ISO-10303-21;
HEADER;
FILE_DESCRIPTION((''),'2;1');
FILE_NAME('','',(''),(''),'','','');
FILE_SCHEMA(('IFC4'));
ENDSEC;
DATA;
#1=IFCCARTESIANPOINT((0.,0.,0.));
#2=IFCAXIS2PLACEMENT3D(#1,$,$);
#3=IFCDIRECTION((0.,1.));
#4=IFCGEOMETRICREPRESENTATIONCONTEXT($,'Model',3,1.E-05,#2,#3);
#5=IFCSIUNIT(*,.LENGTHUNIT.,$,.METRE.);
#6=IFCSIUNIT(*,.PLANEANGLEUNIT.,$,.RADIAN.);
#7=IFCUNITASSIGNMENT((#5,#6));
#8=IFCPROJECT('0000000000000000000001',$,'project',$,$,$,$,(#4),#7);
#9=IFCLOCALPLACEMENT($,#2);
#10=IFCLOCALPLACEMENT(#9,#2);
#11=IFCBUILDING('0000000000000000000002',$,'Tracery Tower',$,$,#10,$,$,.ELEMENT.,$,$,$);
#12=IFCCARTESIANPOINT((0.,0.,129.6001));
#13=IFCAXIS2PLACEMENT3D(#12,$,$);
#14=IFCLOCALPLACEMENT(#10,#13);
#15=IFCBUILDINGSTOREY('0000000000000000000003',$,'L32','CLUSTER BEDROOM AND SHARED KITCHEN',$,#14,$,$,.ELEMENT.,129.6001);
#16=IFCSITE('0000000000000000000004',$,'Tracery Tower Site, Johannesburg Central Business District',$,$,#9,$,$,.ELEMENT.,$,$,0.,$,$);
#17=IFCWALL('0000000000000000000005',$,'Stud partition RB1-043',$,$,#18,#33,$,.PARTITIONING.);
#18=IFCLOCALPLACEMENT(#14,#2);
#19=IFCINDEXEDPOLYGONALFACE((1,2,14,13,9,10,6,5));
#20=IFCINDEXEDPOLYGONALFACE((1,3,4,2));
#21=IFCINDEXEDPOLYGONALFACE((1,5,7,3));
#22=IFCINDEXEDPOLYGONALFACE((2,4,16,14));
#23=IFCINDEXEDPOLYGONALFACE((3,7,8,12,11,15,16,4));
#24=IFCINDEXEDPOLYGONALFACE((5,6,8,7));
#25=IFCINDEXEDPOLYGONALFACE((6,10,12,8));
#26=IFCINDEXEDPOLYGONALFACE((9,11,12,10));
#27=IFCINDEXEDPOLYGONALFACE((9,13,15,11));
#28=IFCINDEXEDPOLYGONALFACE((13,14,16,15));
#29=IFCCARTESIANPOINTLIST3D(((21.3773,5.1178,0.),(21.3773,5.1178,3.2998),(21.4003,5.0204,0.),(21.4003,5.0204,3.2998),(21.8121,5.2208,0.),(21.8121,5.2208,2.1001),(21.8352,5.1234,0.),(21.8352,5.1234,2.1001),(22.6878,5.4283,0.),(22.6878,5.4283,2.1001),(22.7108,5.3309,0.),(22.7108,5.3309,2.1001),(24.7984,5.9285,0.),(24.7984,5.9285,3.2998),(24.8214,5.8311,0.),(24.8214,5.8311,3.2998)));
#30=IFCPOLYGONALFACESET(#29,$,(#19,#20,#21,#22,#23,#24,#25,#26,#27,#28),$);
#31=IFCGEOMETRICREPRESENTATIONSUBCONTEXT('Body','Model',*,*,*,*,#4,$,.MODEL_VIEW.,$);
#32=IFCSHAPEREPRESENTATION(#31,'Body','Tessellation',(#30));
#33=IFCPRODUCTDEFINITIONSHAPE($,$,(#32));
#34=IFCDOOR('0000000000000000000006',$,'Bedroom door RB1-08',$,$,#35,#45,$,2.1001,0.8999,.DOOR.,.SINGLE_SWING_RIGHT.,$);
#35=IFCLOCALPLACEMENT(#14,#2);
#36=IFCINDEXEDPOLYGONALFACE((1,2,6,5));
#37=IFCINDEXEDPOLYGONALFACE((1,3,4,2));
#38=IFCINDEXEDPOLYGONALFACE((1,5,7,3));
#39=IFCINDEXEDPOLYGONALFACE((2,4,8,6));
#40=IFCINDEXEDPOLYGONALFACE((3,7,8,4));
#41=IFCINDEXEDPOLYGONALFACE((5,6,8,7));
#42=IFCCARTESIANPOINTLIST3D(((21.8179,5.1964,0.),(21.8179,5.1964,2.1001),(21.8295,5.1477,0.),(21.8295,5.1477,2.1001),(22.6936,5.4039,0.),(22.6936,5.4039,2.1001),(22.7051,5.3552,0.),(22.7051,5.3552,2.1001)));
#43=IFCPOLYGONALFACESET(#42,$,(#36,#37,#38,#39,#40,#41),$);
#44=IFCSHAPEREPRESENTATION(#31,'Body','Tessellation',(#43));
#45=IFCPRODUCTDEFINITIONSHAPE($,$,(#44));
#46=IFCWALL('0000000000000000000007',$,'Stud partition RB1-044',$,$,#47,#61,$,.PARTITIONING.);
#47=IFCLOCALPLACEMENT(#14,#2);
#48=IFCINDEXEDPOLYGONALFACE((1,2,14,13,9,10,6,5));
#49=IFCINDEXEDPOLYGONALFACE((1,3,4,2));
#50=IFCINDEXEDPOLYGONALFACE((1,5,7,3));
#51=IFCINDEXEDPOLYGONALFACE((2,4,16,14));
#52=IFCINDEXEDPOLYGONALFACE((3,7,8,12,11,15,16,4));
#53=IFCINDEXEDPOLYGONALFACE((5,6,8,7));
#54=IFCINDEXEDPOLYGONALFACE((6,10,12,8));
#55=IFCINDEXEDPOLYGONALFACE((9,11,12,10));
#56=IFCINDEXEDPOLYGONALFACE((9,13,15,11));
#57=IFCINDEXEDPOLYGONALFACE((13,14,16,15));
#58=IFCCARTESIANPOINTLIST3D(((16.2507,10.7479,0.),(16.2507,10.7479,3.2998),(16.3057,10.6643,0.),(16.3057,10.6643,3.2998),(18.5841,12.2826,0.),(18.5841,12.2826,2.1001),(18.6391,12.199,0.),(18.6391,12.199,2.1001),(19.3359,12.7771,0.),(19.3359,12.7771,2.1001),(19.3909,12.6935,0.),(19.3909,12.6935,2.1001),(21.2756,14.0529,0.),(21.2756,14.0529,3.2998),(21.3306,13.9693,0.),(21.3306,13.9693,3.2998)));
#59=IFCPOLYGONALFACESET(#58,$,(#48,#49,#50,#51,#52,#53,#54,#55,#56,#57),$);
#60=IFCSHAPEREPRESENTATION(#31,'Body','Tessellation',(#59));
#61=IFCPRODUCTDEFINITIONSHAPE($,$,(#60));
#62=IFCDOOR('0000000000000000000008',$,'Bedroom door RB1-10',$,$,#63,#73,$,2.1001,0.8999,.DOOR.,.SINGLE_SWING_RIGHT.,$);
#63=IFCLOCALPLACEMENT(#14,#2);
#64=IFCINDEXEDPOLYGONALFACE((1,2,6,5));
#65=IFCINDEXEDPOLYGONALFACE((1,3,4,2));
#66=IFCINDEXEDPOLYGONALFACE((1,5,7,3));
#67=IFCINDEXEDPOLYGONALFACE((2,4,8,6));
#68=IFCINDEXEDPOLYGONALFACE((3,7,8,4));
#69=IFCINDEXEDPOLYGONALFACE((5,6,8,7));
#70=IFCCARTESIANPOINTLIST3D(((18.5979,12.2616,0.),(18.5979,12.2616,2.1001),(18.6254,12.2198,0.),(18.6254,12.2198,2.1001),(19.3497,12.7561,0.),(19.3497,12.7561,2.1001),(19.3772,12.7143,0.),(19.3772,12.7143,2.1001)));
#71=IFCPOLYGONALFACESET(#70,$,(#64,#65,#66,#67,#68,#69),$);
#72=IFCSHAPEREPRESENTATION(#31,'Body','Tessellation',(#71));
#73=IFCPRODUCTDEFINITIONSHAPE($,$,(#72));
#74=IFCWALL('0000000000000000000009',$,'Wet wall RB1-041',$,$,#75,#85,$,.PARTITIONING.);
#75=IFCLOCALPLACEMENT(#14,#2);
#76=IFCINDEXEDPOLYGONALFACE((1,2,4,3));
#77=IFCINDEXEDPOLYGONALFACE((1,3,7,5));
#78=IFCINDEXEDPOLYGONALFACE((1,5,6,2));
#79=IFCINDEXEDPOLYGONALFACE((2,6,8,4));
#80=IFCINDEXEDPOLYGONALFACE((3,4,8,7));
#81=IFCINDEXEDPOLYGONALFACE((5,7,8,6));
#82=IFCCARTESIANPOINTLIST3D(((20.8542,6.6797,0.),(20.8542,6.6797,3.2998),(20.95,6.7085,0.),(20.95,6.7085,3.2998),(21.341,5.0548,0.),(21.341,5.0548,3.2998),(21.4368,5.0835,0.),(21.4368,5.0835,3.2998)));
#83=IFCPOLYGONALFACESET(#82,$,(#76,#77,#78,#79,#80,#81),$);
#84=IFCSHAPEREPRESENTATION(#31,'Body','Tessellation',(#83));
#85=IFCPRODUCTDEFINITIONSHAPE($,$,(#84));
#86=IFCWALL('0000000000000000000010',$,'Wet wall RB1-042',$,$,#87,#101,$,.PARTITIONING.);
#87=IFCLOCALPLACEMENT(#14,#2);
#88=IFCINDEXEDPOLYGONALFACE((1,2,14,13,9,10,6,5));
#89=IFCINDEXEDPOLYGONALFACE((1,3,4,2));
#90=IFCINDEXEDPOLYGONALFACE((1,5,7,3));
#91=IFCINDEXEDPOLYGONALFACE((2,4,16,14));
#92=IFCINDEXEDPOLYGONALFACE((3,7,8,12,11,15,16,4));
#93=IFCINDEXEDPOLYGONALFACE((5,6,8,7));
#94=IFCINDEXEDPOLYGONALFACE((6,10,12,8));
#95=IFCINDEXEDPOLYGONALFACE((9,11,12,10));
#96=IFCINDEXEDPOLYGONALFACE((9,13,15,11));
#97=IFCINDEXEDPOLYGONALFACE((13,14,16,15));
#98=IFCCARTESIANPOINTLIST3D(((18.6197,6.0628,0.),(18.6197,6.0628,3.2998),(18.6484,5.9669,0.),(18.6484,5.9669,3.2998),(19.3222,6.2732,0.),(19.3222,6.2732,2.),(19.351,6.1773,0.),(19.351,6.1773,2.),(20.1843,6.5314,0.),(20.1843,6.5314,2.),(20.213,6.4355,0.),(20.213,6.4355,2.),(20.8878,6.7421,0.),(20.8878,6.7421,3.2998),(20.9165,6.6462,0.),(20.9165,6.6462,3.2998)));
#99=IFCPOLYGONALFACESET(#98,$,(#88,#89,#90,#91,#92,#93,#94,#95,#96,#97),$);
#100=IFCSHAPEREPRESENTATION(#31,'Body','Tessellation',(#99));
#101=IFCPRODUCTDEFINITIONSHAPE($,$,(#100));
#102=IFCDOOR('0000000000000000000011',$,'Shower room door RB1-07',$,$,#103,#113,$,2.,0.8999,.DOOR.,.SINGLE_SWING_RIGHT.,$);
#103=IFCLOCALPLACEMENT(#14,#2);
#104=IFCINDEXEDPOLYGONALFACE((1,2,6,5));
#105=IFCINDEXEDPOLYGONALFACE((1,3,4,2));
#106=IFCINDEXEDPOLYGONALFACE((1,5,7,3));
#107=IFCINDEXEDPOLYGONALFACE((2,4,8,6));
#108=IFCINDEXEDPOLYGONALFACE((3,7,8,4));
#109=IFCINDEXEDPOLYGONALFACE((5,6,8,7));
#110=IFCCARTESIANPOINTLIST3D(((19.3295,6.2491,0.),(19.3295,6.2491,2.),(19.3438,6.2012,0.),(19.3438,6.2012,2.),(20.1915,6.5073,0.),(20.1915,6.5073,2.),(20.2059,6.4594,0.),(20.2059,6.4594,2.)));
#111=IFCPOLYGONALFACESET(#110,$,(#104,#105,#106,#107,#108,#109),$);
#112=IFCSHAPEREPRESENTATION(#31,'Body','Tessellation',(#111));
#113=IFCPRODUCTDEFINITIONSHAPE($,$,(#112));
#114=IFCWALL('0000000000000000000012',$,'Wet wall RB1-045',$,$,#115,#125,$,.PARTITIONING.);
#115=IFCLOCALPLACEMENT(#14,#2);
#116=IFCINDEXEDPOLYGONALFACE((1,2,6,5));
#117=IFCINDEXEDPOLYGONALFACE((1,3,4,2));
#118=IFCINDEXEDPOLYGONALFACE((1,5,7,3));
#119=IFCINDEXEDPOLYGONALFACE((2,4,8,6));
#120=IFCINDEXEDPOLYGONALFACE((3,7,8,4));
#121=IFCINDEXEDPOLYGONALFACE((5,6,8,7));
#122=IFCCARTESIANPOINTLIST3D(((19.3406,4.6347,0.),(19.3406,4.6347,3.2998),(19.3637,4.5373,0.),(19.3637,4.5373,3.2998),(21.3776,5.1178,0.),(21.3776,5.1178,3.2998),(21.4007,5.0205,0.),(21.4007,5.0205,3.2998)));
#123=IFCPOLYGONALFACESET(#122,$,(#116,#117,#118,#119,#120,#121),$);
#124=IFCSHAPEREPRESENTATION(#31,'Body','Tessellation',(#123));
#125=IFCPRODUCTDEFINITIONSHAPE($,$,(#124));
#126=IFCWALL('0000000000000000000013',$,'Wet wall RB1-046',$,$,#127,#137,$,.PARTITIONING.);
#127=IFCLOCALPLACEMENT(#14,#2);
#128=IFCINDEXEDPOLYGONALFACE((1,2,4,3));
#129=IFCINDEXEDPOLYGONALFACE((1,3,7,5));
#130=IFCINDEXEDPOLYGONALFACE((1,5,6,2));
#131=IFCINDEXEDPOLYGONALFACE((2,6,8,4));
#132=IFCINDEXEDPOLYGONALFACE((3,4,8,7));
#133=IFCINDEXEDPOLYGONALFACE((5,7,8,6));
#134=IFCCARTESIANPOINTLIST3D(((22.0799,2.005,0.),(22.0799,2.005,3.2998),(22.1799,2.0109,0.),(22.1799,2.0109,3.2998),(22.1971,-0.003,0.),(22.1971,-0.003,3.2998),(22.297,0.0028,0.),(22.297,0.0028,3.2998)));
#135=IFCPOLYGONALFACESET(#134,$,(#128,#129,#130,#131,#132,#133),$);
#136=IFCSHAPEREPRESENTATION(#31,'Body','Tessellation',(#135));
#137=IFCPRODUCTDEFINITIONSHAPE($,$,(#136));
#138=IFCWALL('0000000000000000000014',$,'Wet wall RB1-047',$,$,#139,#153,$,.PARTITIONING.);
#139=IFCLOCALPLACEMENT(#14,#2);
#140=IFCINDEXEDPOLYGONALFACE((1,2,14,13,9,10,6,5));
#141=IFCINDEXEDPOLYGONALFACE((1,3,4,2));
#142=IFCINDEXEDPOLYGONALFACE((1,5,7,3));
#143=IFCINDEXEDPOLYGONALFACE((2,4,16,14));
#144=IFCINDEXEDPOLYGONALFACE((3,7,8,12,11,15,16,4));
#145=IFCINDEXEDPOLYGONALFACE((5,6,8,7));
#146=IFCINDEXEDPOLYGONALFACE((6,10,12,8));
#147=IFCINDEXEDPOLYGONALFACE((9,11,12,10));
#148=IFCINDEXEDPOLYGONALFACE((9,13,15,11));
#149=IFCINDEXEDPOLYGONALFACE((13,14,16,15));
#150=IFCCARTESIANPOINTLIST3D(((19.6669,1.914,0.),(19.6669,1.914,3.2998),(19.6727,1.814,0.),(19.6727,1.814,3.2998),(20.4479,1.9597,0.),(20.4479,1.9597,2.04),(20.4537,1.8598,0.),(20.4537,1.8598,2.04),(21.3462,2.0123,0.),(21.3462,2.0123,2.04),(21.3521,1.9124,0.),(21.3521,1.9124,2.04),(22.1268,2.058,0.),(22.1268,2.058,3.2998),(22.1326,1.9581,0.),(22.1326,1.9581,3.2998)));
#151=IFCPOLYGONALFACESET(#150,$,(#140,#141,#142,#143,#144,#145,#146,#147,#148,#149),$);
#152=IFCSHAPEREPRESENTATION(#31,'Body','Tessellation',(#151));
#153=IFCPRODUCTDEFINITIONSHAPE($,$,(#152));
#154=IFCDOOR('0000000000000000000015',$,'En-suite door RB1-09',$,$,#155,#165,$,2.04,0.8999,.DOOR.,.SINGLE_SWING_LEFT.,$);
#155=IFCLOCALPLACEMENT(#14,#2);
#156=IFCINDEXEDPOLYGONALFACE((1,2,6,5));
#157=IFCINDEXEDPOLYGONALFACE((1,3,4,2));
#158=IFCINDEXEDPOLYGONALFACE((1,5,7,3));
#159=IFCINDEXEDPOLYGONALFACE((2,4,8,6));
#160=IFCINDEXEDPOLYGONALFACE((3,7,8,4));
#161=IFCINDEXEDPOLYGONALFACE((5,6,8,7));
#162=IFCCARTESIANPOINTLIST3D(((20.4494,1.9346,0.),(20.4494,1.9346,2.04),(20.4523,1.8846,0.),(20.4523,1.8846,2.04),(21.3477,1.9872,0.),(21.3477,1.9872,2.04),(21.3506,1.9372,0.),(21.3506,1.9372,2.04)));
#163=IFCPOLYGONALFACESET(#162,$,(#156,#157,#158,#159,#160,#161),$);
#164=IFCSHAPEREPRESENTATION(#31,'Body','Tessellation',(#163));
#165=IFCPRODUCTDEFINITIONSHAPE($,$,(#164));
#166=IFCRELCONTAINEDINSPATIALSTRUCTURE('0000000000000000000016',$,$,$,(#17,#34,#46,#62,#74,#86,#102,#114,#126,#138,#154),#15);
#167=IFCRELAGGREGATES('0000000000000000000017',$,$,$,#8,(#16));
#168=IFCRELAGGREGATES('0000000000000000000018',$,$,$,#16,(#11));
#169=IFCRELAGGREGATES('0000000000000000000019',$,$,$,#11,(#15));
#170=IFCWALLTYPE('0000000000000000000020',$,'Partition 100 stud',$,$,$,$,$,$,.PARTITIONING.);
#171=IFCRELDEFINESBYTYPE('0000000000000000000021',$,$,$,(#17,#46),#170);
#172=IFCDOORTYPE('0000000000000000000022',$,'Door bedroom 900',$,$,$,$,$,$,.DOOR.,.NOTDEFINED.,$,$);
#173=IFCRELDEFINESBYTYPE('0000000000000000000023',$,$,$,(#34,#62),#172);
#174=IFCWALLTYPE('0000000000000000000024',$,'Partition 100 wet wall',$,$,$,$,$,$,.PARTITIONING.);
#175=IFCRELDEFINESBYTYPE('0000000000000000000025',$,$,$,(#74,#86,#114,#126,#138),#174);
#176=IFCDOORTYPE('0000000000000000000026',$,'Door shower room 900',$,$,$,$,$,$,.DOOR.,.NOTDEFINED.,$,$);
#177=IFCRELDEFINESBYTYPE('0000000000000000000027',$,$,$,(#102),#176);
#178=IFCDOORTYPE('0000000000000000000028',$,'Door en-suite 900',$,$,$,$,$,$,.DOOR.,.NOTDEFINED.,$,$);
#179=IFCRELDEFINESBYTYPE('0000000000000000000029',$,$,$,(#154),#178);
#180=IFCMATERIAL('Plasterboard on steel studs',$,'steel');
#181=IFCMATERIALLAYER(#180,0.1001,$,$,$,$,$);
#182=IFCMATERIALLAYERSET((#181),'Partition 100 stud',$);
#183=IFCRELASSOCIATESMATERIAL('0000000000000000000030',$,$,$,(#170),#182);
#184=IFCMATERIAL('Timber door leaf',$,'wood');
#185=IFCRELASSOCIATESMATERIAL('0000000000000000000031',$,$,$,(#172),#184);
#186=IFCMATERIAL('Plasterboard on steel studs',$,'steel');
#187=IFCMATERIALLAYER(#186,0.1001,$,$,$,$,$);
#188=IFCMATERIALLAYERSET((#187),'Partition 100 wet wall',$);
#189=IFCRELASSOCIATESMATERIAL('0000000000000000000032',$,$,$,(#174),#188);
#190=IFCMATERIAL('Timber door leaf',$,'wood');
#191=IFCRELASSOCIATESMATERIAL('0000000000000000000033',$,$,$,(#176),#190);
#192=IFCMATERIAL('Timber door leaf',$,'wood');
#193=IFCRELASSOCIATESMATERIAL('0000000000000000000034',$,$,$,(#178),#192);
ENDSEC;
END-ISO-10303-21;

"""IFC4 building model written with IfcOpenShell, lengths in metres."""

from ifc_helpers import new_model, si_unit, direction, frame, frame_2d, origin, place, context, subcontext, project, spatial, rectangle, extrude, material, layer, layer_set, type_object, element, fill, save


model = new_model("IFC4")

# Units and contexts
model_context = context("Model", 3, precision=1e-05, world=origin(), true_north=direction((0.0, 1.0)))
body_context = subcontext(model_context, "Body", "Model", "MODEL_VIEW")
ifc_project = project(units=[si_unit("LENGTHUNIT", "METRE"), si_unit("PLANEANGLEUNIT", "RADIAN")], contexts=[model_context])

# Site, building, storey
site_placement = place(None, origin())
site = spatial("IfcSite", under=ifc_project, at=site_placement, Name="Tracery Tower Site, Johannesburg Central Business District", CompositionType="ELEMENT", RefElevation=0.0)
building_placement = place(site_placement, origin())
building = spatial("IfcBuilding", under=site, at=building_placement, Name="Tracery Tower", CompositionType="ELEMENT")
storey_placement = place(building_placement, frame((0.0, 0.0, 129.6001)))
storey = spatial("IfcBuildingStorey", under=building, at=storey_placement, Name="L32", Description="CLUSTER BEDROOM AND SHARED KITCHEN", CompositionType="ELEMENT", Elevation=129.6001)

# Walls, openings, doors
ifc_material_1 = material(Name="Plasterboard on steel studs", Category="steel")
ifc_layer_1 = layer(ifc_material_1, 0.1001)
ifc_layer_set_1 = layer_set([ifc_layer_1], Name="Partition 100 stud")
wall_type_1 = type_object("IfcWallType", Name="Partition 100 stud", PredefinedType="PARTITIONING", material=ifc_layer_set_1)
wall_1_placement = place(storey_placement, frame((21.3889, 5.0691, 0.0), z_axis=(0.0, 0.0, 1.0), x_axis=(0.973047, 0.230607, 0.0)))
wall_1 = element("IfcWall", 1, at=wall_1_placement, inside=storey, type_object=wall_type_1, Name="Stud partition RB1-043", PredefinedType="PARTITIONING", context=body_context, shape_type="SweptSolid", body=[
    extrude(rectangle(XDim=3.5159, YDim=0.1001, at=frame_2d((1.7578, 0.0))), origin(), (0.0, 0.0, 1.0), 3.2998),
])
opening_1_placement = place(wall_1_placement, frame((0.4468, 0.0, 0.0)))
opening_1 = element("IfcOpeningElement", 2, at=opening_1_placement, cuts=wall_1, PredefinedType="OPENING", context=body_context, shape_type="SweptSolid", body=[
    extrude(rectangle(XDim=0.8999, YDim=2.1001, at=frame_2d((0.45, 1.05))), frame((0.0, 0.05, 0.0), z_axis=(0.0, -1.0, 0.0), x_axis=(1.0, 0.0, 0.0)), (0.0, 0.0, 1.0), 0.1001),
])
ifc_material_2 = material(Name="Timber door leaf", Category="wood")
door_type_1 = type_object("IfcDoorType", Name="Door bedroom 900", OperationType="NOTDEFINED", PredefinedType="DOOR", material=ifc_material_2)
door_1_placement = place(opening_1_placement, origin())
door_1 = element("IfcDoor", 3, at=door_1_placement, inside=storey, type_object=door_type_1, Name="Bedroom door RB1-08", OperationType="SINGLE_SWING_RIGHT", OverallHeight=2.1001, OverallWidth=0.8999, PredefinedType="DOOR", context=body_context, shape_type="SweptSolid", body=[
    extrude(rectangle(XDim=0.8999, YDim=2.1001, at=frame_2d((0.45, 1.05))), frame((0.0, 0.0249, 0.0), z_axis=(0.0, -1.0, 0.0), x_axis=(1.0, 0.0, 0.0)), (0.0, 0.0, 1.0), 0.05),
])
fill(opening_1, door_1)
wall_2_placement = place(storey_placement, frame((16.2781, 10.7061, 0.0), z_axis=(0.0, 0.0, 1.0), x_axis=(0.835488, 0.549509, 0.0)))
wall_2 = element("IfcWall", 4, at=wall_2_placement, inside=storey, type_object=wall_type_1, Name="Stud partition RB1-044", PredefinedType="PARTITIONING", context=body_context, shape_type="SweptSolid", body=[
    extrude(rectangle(XDim=6.0144, YDim=0.1001, at=frame_2d((3.0073, 0.0))), origin(), (0.0, 0.0, 1.0), 3.2998),
])
opening_2_placement = place(wall_2_placement, frame((2.793, 0.0, 0.0)))
opening_2 = element("IfcOpeningElement", 5, at=opening_2_placement, cuts=wall_2, PredefinedType="OPENING", context=body_context, shape_type="SweptSolid", body=[
    extrude(rectangle(XDim=0.8999, YDim=2.1001, at=frame_2d((0.45, 1.05))), frame((0.0, 0.05, 0.0), z_axis=(0.0, -1.0, 0.0), x_axis=(1.0, 0.0, 0.0)), (0.0, 0.0, 1.0), 0.1001),
])
door_2_placement = place(opening_2_placement, origin())
door_2 = element("IfcDoor", 6, at=door_2_placement, inside=storey, type_object=door_type_1, Name="Bedroom door RB1-10", OperationType="SINGLE_SWING_RIGHT", OverallHeight=2.1001, OverallWidth=0.8999, PredefinedType="DOOR", context=body_context, shape_type="SweptSolid", body=[
    extrude(rectangle(XDim=0.8999, YDim=2.1001, at=frame_2d((0.45, 1.05))), frame((0.0, 0.0249, 0.0), z_axis=(0.0, -1.0, 0.0), x_axis=(1.0, 0.0, 0.0)), (0.0, 0.0, 1.0), 0.05),
])
fill(opening_2, door_2)

# Wall
ifc_material_3 = material(Name="Plasterboard on steel studs", Category="steel")
ifc_layer_2 = layer(ifc_material_3, 0.1001)
ifc_layer_set_2 = layer_set([ifc_layer_2], Name="Partition 100 wet wall")
wall_type_2 = type_object("IfcWallType", Name="Partition 100 wet wall", PredefinedType="PARTITIONING", material=ifc_layer_set_2)
wall_3_placement = place(storey_placement, frame((20.9021, 6.6941, 0.0), z_axis=(0.0, 0.0, 1.0), x_axis=(0.286978, -0.957937, 0.0)))
element("IfcWall", 7, at=wall_3_placement, inside=storey, type_object=wall_type_2, Name="Wet wall RB1-041", PredefinedType="PARTITIONING", context=body_context, shape_type="SweptSolid", body=[
    extrude(rectangle(XDim=1.6963, YDim=0.1001, at=frame_2d((0.8481, 0.0))), origin(), (0.0, 0.0, 1.0), 3.2998),
])

# Wall, opening, door
wall_4_placement = place(storey_placement, frame((18.634, 6.0149, 0.0), z_axis=(0.0, 0.0, 1.0), x_axis=(0.957968, 0.286875, 0.0)))
wall_4 = element("IfcWall", 8, at=wall_4_placement, inside=storey, type_object=wall_type_2, Name="Wet wall RB1-042", PredefinedType="PARTITIONING", context=body_context, shape_type="SweptSolid", body=[
    extrude(rectangle(XDim=2.3677, YDim=0.1001, at=frame_2d((1.1838, 0.0))), origin(), (0.0, 0.0, 1.0), 3.2998),
])
opening_3_placement = place(wall_4_placement, frame((0.7334, 0.0, 0.0)))
opening_3 = element("IfcOpeningElement", 9, at=opening_3_placement, cuts=wall_4, PredefinedType="OPENING", context=body_context, shape_type="SweptSolid", body=[
    extrude(rectangle(XDim=0.8999, YDim=2.0, at=frame_2d((0.45, 1.0))), frame((0.0, 0.05, 0.0), z_axis=(0.0, -1.0, 0.0), x_axis=(1.0, 0.0, 0.0)), (0.0, 0.0, 1.0), 0.1001),
])
ifc_material_4 = material(Name="Timber door leaf", Category="wood")
door_type_2 = type_object("IfcDoorType", Name="Door shower room 900", OperationType="NOTDEFINED", PredefinedType="DOOR", material=ifc_material_4)
door_3_placement = place(opening_3_placement, origin())
door_3 = element("IfcDoor", 10, at=door_3_placement, inside=storey, type_object=door_type_2, Name="Shower room door RB1-07", OperationType="SINGLE_SWING_RIGHT", OverallHeight=2.0, OverallWidth=0.8999, PredefinedType="DOOR", context=body_context, shape_type="SweptSolid", body=[
    extrude(rectangle(XDim=0.8999, YDim=2.0, at=frame_2d((0.45, 1.0))), frame((0.0, 0.0249, 0.0), z_axis=(0.0, -1.0, 0.0), x_axis=(1.0, 0.0, 0.0)), (0.0, 0.0, 1.0), 0.05),
])
fill(opening_3, door_3)

# Walls
wall_5_placement = place(storey_placement, frame((19.3521, 4.5859, 0.0), z_axis=(0.0, 0.0, 1.0), x_axis=(0.973001, 0.230801, 0.0)))
element("IfcWall", 11, at=wall_5_placement, inside=storey, type_object=wall_type_2, Name="Wet wall RB1-045", PredefinedType="PARTITIONING", context=body_context, shape_type="SweptSolid", body=[
    extrude(rectangle(XDim=2.0935, YDim=0.1001, at=frame_2d((1.0469, 0.0))), origin(), (0.0, 0.0, 1.0), 3.2998),
])
wall_6_placement = place(storey_placement, frame((22.1299, 2.0081, 0.0), z_axis=(0.0, 0.0, 1.0), x_axis=(0.05826, -0.998301, 0.0)))
element("IfcWall", 12, at=wall_6_placement, inside=storey, type_object=wall_type_2, Name="Wet wall RB1-046", PredefinedType="PARTITIONING", context=body_context, shape_type="SweptSolid", body=[
    extrude(rectangle(XDim=2.0115, YDim=0.1001, at=frame_2d((1.0059, 0.0))), origin(), (0.0, 0.0, 1.0), 3.2998),
])

# Wall, opening, door
wall_7_placement = place(storey_placement, frame((19.6699, 1.864, 0.0), z_axis=(0.0, 0.0, 1.0), x_axis=(0.99829, 0.058455, 0.0)))
wall_7 = element("IfcWall", 13, at=wall_7_placement, inside=storey, type_object=wall_type_2, Name="Wet wall RB1-047", PredefinedType="PARTITIONING", context=body_context, shape_type="SweptSolid", body=[
    extrude(rectangle(XDim=2.4641, YDim=0.1001, at=frame_2d((1.2319, 0.0))), origin(), (0.0, 0.0, 1.0), 3.2998),
])
opening_4_placement = place(wall_7_placement, frame((0.7822, 0.0, 0.0)))
opening_4 = element("IfcOpeningElement", 14, at=opening_4_placement, cuts=wall_7, PredefinedType="OPENING", context=body_context, shape_type="SweptSolid", body=[
    extrude(rectangle(XDim=0.8999, YDim=2.04, at=frame_2d((0.45, 1.02))), frame((0.0, 0.05, 0.0), z_axis=(0.0, -1.0, 0.0), x_axis=(1.0, 0.0, 0.0)), (0.0, 0.0, 1.0), 0.1001),
])
ifc_material_5 = material(Name="Timber door leaf", Category="wood")
door_type_3 = type_object("IfcDoorType", Name="Door en-suite 900", OperationType="NOTDEFINED", PredefinedType="DOOR", material=ifc_material_5)
door_4_placement = place(opening_4_placement, origin())
door_4 = element("IfcDoor", 15, at=door_4_placement, inside=storey, type_object=door_type_3, Name="En-suite door RB1-09", OperationType="SINGLE_SWING_LEFT", OverallHeight=2.04, OverallWidth=0.8999, PredefinedType="DOOR", context=body_context, shape_type="SweptSolid", body=[
    extrude(rectangle(XDim=0.8999, YDim=2.04, at=frame_2d((0.45, 1.02))), frame((0.0, 0.0249, 0.0), z_axis=(0.0, -1.0, 0.0), x_axis=(1.0, 0.0, 0.0)), (0.0, 0.0, 1.0), 0.05),
])
fill(opening_4, door_4)

save(model, "model.ifc")
